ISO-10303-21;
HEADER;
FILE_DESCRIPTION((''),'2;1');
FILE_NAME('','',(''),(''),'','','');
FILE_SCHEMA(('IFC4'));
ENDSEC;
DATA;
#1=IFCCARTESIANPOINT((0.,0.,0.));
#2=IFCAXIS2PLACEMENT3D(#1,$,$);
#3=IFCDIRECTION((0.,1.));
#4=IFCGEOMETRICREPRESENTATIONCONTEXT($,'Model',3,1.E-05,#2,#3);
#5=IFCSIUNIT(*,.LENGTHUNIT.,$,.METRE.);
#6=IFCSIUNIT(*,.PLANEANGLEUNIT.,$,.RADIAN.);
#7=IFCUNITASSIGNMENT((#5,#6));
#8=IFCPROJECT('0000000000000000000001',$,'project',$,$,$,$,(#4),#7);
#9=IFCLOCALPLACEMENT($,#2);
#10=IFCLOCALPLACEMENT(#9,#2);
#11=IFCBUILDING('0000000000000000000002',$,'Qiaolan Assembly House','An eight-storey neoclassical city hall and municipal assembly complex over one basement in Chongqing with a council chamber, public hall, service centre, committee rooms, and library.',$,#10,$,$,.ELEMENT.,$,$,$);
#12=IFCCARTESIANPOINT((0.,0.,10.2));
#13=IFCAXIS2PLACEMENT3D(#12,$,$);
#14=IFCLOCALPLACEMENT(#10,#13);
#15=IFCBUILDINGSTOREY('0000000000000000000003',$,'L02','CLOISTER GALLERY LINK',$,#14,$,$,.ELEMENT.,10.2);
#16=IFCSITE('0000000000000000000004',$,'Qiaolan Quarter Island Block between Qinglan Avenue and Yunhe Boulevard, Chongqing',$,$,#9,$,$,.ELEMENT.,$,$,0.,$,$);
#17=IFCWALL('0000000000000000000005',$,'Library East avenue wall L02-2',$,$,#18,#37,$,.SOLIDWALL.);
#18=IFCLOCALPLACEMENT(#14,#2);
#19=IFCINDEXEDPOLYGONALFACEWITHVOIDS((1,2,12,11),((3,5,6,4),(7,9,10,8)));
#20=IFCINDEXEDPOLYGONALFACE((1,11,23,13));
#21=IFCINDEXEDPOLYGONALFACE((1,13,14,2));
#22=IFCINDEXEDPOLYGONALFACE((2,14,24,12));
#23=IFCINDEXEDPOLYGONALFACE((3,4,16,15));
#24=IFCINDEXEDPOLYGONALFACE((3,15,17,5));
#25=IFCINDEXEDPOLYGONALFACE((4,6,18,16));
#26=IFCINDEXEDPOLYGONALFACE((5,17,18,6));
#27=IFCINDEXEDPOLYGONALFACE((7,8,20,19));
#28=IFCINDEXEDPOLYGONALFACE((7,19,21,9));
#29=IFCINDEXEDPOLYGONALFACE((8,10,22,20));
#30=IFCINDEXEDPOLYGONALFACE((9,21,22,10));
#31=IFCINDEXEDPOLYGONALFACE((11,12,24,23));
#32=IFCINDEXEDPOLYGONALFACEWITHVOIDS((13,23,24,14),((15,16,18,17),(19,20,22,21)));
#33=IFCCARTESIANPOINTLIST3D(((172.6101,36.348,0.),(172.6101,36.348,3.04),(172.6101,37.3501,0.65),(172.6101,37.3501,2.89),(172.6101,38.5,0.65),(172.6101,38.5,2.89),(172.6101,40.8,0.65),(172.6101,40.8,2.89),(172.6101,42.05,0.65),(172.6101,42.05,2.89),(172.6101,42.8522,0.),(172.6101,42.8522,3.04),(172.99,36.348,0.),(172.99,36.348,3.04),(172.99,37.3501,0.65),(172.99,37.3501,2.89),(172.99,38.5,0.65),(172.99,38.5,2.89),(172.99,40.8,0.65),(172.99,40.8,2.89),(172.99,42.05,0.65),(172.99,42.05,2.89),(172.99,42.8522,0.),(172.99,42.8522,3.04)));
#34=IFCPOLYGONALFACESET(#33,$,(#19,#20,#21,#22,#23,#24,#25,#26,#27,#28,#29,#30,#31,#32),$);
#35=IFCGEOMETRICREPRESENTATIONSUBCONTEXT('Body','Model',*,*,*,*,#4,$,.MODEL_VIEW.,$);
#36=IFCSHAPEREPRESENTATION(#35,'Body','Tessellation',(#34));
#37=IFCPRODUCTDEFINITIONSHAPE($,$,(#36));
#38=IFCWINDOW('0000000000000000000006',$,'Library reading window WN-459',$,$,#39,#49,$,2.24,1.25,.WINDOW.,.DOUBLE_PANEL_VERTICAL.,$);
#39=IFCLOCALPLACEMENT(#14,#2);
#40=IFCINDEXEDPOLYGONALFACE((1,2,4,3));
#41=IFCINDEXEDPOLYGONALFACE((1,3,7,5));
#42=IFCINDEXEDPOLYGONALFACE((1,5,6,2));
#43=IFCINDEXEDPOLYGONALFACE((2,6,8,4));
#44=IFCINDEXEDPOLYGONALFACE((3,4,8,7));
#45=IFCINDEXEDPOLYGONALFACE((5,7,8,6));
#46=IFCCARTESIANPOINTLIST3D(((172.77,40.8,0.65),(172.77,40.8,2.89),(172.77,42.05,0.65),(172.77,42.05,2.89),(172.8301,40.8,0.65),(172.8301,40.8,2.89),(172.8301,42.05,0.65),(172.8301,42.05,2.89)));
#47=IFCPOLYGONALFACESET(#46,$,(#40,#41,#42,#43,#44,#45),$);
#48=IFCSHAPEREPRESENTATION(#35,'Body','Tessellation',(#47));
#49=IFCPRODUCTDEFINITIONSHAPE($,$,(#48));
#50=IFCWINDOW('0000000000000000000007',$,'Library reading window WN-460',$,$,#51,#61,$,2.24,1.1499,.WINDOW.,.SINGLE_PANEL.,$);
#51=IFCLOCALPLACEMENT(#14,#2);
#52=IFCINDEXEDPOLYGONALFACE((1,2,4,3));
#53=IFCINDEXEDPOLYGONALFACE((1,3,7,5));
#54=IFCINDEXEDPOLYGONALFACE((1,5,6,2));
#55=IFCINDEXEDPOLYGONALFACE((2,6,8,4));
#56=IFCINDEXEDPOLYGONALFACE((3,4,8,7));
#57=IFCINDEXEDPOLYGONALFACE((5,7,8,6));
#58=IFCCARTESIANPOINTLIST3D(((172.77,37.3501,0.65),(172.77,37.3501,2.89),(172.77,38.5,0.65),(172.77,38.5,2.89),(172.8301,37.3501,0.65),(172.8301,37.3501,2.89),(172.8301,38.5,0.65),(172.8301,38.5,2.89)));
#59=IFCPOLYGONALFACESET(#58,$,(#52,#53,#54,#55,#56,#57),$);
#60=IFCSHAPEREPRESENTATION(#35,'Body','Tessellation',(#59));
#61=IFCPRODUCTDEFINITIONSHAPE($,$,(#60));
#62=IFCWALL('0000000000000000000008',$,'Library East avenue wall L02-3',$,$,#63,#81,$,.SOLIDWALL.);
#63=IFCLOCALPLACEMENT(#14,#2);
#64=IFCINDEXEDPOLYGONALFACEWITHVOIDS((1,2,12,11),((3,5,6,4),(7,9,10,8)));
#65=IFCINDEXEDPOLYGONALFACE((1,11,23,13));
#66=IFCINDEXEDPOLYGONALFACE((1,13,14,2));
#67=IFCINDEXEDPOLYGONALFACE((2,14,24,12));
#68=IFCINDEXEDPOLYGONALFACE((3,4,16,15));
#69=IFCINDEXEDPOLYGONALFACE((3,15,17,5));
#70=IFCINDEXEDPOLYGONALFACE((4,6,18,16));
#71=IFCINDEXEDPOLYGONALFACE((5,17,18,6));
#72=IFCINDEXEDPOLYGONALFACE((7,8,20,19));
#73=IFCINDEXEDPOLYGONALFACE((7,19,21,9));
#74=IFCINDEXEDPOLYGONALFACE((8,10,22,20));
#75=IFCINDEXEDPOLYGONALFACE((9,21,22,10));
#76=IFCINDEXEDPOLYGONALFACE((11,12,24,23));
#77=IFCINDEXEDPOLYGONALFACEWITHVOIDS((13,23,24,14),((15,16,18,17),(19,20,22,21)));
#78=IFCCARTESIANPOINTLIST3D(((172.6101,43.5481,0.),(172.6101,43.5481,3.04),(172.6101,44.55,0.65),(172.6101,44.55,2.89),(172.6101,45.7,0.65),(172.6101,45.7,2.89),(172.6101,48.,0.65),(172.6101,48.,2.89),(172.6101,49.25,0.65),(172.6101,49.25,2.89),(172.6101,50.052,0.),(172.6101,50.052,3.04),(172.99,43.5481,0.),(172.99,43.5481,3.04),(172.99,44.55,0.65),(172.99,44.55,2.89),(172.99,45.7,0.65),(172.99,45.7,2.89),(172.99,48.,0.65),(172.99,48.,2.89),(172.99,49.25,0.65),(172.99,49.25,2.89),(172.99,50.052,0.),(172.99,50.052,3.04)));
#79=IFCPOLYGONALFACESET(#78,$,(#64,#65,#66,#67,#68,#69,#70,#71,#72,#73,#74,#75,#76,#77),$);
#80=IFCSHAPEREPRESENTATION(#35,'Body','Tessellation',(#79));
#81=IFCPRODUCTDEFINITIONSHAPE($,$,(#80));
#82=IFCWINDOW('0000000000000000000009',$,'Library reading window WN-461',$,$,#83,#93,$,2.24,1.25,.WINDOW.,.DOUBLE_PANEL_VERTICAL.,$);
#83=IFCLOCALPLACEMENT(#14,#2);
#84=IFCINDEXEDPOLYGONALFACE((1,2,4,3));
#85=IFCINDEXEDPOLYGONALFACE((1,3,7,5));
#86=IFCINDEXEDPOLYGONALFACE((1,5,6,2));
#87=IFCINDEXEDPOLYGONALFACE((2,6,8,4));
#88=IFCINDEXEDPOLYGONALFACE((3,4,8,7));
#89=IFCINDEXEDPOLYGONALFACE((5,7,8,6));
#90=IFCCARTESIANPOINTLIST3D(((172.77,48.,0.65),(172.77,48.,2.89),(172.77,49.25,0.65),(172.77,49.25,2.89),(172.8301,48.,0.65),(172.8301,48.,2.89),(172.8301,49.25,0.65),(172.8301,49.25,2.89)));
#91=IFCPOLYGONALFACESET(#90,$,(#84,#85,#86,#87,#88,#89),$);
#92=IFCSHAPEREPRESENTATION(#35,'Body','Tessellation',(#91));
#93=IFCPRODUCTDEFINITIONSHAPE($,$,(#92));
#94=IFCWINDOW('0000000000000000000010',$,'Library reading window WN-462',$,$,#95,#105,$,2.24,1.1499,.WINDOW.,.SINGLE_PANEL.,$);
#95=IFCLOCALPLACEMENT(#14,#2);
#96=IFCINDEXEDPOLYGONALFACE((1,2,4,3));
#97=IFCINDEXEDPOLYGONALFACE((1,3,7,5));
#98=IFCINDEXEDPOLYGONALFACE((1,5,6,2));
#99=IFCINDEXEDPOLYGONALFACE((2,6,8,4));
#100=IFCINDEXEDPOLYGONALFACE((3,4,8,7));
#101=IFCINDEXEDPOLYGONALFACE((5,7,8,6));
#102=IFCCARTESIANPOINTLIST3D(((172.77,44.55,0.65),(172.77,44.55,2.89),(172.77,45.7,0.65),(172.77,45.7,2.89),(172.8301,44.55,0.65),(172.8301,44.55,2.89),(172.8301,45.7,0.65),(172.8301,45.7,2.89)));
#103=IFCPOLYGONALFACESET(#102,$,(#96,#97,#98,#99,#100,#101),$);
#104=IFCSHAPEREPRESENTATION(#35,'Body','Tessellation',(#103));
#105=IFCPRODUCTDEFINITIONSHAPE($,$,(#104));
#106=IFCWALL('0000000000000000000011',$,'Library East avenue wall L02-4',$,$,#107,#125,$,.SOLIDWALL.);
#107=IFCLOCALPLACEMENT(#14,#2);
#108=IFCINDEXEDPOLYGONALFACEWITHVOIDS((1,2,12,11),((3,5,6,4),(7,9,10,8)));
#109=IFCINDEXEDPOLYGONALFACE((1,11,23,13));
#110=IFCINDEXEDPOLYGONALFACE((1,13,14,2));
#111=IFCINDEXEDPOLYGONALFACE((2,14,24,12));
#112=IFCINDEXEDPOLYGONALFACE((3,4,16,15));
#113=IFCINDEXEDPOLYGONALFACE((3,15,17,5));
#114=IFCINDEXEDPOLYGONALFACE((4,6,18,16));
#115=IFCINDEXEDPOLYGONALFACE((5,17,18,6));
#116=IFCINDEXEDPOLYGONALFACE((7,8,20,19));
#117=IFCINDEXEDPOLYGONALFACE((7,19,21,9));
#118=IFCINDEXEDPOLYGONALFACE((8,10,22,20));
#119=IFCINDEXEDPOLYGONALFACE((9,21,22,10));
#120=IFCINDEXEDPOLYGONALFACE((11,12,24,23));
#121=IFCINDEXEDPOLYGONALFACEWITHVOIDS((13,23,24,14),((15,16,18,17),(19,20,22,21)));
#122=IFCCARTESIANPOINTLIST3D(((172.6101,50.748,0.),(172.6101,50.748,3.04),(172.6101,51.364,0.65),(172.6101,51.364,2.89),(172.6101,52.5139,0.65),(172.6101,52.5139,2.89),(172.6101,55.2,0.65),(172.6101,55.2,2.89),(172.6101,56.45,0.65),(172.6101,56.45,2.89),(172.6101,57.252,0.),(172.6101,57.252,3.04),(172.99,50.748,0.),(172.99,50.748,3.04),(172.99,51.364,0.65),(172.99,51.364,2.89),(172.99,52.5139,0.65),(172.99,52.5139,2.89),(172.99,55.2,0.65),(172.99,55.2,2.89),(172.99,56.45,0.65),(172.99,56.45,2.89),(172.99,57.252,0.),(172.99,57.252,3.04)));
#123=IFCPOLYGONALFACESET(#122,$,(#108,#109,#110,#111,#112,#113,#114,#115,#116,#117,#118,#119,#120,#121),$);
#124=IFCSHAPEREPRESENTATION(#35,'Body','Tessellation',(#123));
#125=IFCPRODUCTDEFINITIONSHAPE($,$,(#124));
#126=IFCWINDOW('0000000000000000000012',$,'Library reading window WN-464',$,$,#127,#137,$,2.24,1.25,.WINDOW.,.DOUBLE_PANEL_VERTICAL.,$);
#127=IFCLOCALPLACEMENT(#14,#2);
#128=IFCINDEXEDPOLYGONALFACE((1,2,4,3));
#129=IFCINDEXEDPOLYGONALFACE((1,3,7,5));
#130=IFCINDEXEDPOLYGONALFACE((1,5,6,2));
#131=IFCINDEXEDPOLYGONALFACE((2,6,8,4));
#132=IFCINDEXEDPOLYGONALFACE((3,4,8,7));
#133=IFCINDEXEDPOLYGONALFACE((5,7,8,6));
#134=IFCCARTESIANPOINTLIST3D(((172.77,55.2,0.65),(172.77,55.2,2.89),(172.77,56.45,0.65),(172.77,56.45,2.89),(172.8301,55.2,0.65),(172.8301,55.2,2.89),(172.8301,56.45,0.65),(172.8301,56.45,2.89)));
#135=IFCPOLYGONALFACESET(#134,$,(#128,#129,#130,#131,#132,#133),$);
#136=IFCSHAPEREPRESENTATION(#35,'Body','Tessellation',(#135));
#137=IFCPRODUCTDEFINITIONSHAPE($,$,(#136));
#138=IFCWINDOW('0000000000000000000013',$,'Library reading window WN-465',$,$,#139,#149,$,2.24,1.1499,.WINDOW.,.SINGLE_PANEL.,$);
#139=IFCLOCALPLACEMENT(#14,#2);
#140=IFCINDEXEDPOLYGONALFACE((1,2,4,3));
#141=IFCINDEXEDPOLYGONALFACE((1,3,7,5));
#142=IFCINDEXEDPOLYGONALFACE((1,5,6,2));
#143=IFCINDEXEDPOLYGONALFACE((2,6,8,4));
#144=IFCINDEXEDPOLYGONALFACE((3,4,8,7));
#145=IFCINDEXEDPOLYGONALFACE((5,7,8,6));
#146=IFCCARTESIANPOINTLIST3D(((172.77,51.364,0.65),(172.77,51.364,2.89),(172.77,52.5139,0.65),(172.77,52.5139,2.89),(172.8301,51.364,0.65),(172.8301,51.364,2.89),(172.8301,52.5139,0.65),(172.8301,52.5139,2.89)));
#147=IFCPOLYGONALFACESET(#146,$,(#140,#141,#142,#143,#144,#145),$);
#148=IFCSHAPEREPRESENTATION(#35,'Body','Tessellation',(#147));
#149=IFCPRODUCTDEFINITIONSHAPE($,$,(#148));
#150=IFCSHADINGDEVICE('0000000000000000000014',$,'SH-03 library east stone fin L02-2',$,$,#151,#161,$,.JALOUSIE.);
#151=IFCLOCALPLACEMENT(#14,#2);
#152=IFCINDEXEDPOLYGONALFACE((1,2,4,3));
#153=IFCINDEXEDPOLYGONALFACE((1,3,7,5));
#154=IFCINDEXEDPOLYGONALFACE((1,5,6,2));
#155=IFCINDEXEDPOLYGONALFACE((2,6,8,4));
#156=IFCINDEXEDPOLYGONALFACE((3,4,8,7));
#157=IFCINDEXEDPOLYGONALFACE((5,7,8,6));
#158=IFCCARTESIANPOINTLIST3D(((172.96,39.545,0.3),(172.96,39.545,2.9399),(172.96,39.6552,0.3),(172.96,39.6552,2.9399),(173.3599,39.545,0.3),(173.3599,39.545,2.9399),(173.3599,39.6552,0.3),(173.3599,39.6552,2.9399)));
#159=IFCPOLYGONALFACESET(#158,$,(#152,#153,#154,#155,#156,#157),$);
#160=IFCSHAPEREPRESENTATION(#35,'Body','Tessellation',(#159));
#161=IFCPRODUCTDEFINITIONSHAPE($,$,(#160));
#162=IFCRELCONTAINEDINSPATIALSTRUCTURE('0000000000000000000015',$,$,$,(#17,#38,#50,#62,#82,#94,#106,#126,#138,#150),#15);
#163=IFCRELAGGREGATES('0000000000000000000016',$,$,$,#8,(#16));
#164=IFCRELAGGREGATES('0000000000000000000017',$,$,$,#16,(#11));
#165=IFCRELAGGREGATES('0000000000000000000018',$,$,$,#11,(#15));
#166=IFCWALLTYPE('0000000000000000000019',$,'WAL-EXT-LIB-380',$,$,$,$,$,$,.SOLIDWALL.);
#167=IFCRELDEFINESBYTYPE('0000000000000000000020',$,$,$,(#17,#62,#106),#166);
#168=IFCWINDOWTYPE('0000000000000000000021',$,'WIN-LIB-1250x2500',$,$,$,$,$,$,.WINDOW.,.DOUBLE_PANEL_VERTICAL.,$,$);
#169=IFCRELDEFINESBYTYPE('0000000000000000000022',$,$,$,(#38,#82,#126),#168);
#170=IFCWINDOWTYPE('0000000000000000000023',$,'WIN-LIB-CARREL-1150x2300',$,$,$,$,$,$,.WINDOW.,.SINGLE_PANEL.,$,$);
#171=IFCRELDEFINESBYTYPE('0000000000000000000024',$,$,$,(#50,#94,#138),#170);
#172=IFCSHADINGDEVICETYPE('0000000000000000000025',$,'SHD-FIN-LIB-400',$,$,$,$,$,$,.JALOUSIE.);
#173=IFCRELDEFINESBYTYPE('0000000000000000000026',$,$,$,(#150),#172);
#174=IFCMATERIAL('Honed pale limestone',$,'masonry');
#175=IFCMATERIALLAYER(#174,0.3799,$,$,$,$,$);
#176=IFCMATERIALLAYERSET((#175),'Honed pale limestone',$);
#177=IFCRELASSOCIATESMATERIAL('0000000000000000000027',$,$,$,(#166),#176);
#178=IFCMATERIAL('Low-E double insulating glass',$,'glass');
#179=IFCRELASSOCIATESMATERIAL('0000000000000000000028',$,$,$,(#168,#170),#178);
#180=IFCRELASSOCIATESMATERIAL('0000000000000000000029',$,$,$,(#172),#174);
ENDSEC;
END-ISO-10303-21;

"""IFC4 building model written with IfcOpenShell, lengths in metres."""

from ifc_helpers import new_model, si_unit, direction, frame, frame_2d, origin, origin_2d, place, context, subcontext, project, spatial, rectangle, extrude, material, layer, layer_set, material_profile, profile_set, type_object, element, fill, save


model = new_model("IFC4")

# Units and contexts
model_context = context("Model", 3, precision=1e-05, world=origin(), true_north=direction((0.0, 1.0)))
body_context = subcontext(model_context, "Body", "Model", "MODEL_VIEW")
ifc_project = project(units=[si_unit("LENGTHUNIT", "METRE"), si_unit("PLANEANGLEUNIT", "RADIAN")], contexts=[model_context])

# Site, building, storey
site_placement = place(None, origin())
site = spatial("IfcSite", under=ifc_project, at=site_placement, Name="Qiaolan Quarter Island Block between Qinglan Avenue and Yunhe Boulevard, Chongqing", CompositionType="ELEMENT", RefElevation=0.0)
building_placement = place(site_placement, origin())
building = spatial("IfcBuilding", under=site, at=building_placement, Name="Qiaolan Assembly House", Description="An eight-storey neoclassical city hall and municipal assembly complex over one basement in Chongqing with a council chamber, public hall, service centre, committee rooms, and library.", CompositionType="ELEMENT")
storey_placement = place(building_placement, frame((0.0, 0.0, 10.2)))
storey = spatial("IfcBuildingStorey", under=building, at=storey_placement, Name="L02", Description="CLOISTER GALLERY LINK", CompositionType="ELEMENT", Elevation=10.2)

# Walls, openings, windows
ifc_material_1 = material(Name="Honed pale limestone", Category="masonry")
ifc_layer = layer(ifc_material_1, 0.3799)
ifc_layer_set = layer_set([ifc_layer], Name="Honed pale limestone")
wall_type = type_object("IfcWallType", Name="WAL-EXT-LIB-380", PredefinedType="SOLIDWALL", material=ifc_layer_set)
wall_1_placement = place(storey_placement, frame((172.8, 42.8521, 0.0), z_axis=(0.0, 0.0, 1.0), x_axis=(0.0, -1.0, 0.0)))
wall_1 = element("IfcWall", 1, at=wall_1_placement, inside=storey, type_object=wall_type, Name="Library East avenue wall L02-2", PredefinedType="SOLIDWALL", context=body_context, shape_type="SweptSolid", body=[
    extrude(rectangle(XDim=6.5042, YDim=0.3799, at=frame_2d((3.252, 0.0))), origin(), (0.0, 0.0, 1.0), 3.04),
])
opening_1_placement = place(wall_1_placement, frame((0.802, 0.0, 0.6499)))
opening_1 = element("IfcOpeningElement", 2, at=opening_1_placement, cuts=wall_1, PredefinedType="OPENING", context=body_context, shape_type="SweptSolid", body=[
    extrude(rectangle(XDim=1.25, YDim=2.24, at=frame_2d((0.625, 1.1201))), frame((0.0, 0.2, 0.0), z_axis=(0.0, -1.0, 0.0), x_axis=(1.0, 0.0, 0.0)), (0.0, 0.0, 1.0), 0.3999),
])
opening_2_placement = place(wall_1_placement, frame((4.3521, 0.0, 0.6499)))
opening_2 = element("IfcOpeningElement", 3, at=opening_2_placement, cuts=wall_1, PredefinedType="OPENING", context=body_context, shape_type="SweptSolid", body=[
    extrude(rectangle(XDim=1.1499, YDim=2.24, at=frame_2d((0.575, 1.1201))), frame((0.0, 0.2, 0.0), z_axis=(0.0, -1.0, 0.0), x_axis=(1.0, 0.0, 0.0)), (0.0, 0.0, 1.0), 0.3999),
])
ifc_material_2 = material(Name="Low-E double insulating glass", Category="glass")
window_type_1 = type_object("IfcWindowType", Name="WIN-LIB-1250x2500", PartitioningType="DOUBLE_PANEL_VERTICAL", PredefinedType="WINDOW", material=ifc_material_2)
window_1_placement = place(opening_1_placement, origin())
window_1 = element("IfcWindow", 4, at=window_1_placement, inside=storey, type_object=window_type_1, Name="Library reading window WN-459", OverallHeight=2.24, OverallWidth=1.25, PartitioningType="DOUBLE_PANEL_VERTICAL", PredefinedType="WINDOW", context=body_context, shape_type="SweptSolid", body=[
    extrude(rectangle(XDim=1.25, YDim=2.24, at=frame_2d((0.625, 1.1201))), frame((0.0, 0.03, 0.0), z_axis=(0.0, -1.0, 0.0), x_axis=(1.0, 0.0, 0.0)), (0.0, 0.0, 1.0), 0.0601),
])
fill(opening_1, window_1)
window_type_2 = type_object("IfcWindowType", Name="WIN-LIB-CARREL-1150x2300", PartitioningType="SINGLE_PANEL", PredefinedType="WINDOW", material=ifc_material_2)
window_2_placement = place(opening_2_placement, origin())
window_2 = element("IfcWindow", 5, at=window_2_placement, inside=storey, type_object=window_type_2, Name="Library reading window WN-460", OverallHeight=2.24, OverallWidth=1.1499, PartitioningType="SINGLE_PANEL", PredefinedType="WINDOW", context=body_context, shape_type="SweptSolid", body=[
    extrude(rectangle(XDim=1.1499, YDim=2.24, at=frame_2d((0.575, 1.1201))), frame((0.0, 0.03, 0.0), z_axis=(0.0, -1.0, 0.0), x_axis=(1.0, 0.0, 0.0)), (0.0, 0.0, 1.0), 0.0601),
])
fill(opening_2, window_2)
wall_2_placement = place(storey_placement, frame((172.8, 50.052, 0.0), z_axis=(0.0, 0.0, 1.0), x_axis=(0.0, -1.0, 0.0)))
wall_2 = element("IfcWall", 6, at=wall_2_placement, inside=storey, type_object=wall_type, Name="Library East avenue wall L02-3", PredefinedType="SOLIDWALL", context=body_context, shape_type="SweptSolid", body=[
    extrude(rectangle(XDim=6.5039, YDim=0.3799, at=frame_2d((3.252, 0.0))), origin(), (0.0, 0.0, 1.0), 3.04),
])
opening_3_placement = place(wall_2_placement, frame((0.802, 0.0, 0.6499)))
opening_3 = element("IfcOpeningElement", 7, at=opening_3_placement, cuts=wall_2, PredefinedType="OPENING", context=body_context, shape_type="SweptSolid", body=[
    extrude(rectangle(XDim=1.25, YDim=2.24, at=frame_2d((0.625, 1.1201))), frame((0.0, 0.2, 0.0), z_axis=(0.0, -1.0, 0.0), x_axis=(1.0, 0.0, 0.0)), (0.0, 0.0, 1.0), 0.3999),
])
opening_4_placement = place(wall_2_placement, frame((4.3521, 0.0, 0.6499)))
opening_4 = element("IfcOpeningElement", 8, at=opening_4_placement, cuts=wall_2, PredefinedType="OPENING", context=body_context, shape_type="SweptSolid", body=[
    extrude(rectangle(XDim=1.1499, YDim=2.24, at=frame_2d((0.575, 1.1201))), frame((0.0, 0.2, 0.0), z_axis=(0.0, -1.0, 0.0), x_axis=(1.0, 0.0, 0.0)), (0.0, 0.0, 1.0), 0.3999),
])
window_3_placement = place(opening_3_placement, origin())
window_3 = element("IfcWindow", 9, at=window_3_placement, inside=storey, type_object=window_type_1, Name="Library reading window WN-461", OverallHeight=2.24, OverallWidth=1.25, PartitioningType="DOUBLE_PANEL_VERTICAL", PredefinedType="WINDOW", context=body_context, shape_type="SweptSolid", body=[
    extrude(rectangle(XDim=1.25, YDim=2.24, at=frame_2d((0.625, 1.1201))), frame((0.0, 0.03, 0.0), z_axis=(0.0, -1.0, 0.0), x_axis=(1.0, 0.0, 0.0)), (0.0, 0.0, 1.0), 0.0601),
])
fill(opening_3, window_3)
window_4_placement = place(opening_4_placement, origin())
window_4 = element("IfcWindow", 10, at=window_4_placement, inside=storey, type_object=window_type_2, Name="Library reading window WN-462", OverallHeight=2.24, OverallWidth=1.1499, PartitioningType="SINGLE_PANEL", PredefinedType="WINDOW", context=body_context, shape_type="SweptSolid", body=[
    extrude(rectangle(XDim=1.1499, YDim=2.24, at=frame_2d((0.575, 1.1201))), frame((0.0, 0.03, 0.0), z_axis=(0.0, -1.0, 0.0), x_axis=(1.0, 0.0, 0.0)), (0.0, 0.0, 1.0), 0.0601),
])
fill(opening_4, window_4)
wall_3_placement = place(storey_placement, frame((172.8, 57.252, 0.0), z_axis=(0.0, 0.0, 1.0), x_axis=(0.0, -1.0, 0.0)))
wall_3 = element("IfcWall", 11, at=wall_3_placement, inside=storey, type_object=wall_type, Name="Library East avenue wall L02-4", PredefinedType="SOLIDWALL", context=body_context, shape_type="SweptSolid", body=[
    extrude(rectangle(XDim=6.5039, YDim=0.3799, at=frame_2d((3.252, 0.0))), origin(), (0.0, 0.0, 1.0), 3.04),
])
opening_5_placement = place(wall_3_placement, frame((0.802, 0.0, 0.6499)))
opening_5 = element("IfcOpeningElement", 12, at=opening_5_placement, cuts=wall_3, PredefinedType="OPENING", context=body_context, shape_type="SweptSolid", body=[
    extrude(rectangle(XDim=1.25, YDim=2.24, at=frame_2d((0.625, 1.1201))), frame((0.0, 0.2, 0.0), z_axis=(0.0, -1.0, 0.0), x_axis=(1.0, 0.0, 0.0)), (0.0, 0.0, 1.0), 0.3999),
])
opening_6_placement = place(wall_3_placement, frame((4.738, 0.0, 0.6499)))
opening_6 = element("IfcOpeningElement", 13, at=opening_6_placement, cuts=wall_3, PredefinedType="OPENING", context=body_context, shape_type="SweptSolid", body=[
    extrude(rectangle(XDim=1.1499, YDim=2.24, at=frame_2d((0.575, 1.1201))), frame((0.0, 0.2, 0.0), z_axis=(0.0, -1.0, 0.0), x_axis=(1.0, 0.0, 0.0)), (0.0, 0.0, 1.0), 0.3999),
])
window_5_placement = place(opening_5_placement, origin())
window_5 = element("IfcWindow", 14, at=window_5_placement, inside=storey, type_object=window_type_1, Name="Library reading window WN-464", OverallHeight=2.24, OverallWidth=1.25, PartitioningType="DOUBLE_PANEL_VERTICAL", PredefinedType="WINDOW", context=body_context, shape_type="SweptSolid", body=[
    extrude(rectangle(XDim=1.25, YDim=2.24, at=frame_2d((0.625, 1.1201))), frame((0.0, 0.03, 0.0), z_axis=(0.0, -1.0, 0.0), x_axis=(1.0, 0.0, 0.0)), (0.0, 0.0, 1.0), 0.0601),
])
fill(opening_5, window_5)
window_6_placement = place(opening_6_placement, origin())
window_6 = element("IfcWindow", 15, at=window_6_placement, inside=storey, type_object=window_type_2, Name="Library reading window WN-465", OverallHeight=2.24, OverallWidth=1.1499, PartitioningType="SINGLE_PANEL", PredefinedType="WINDOW", context=body_context, shape_type="SweptSolid", body=[
    extrude(rectangle(XDim=1.1499, YDim=2.24, at=frame_2d((0.575, 1.1201))), frame((0.0, 0.03, 0.0), z_axis=(0.0, -1.0, 0.0), x_axis=(1.0, 0.0, 0.0)), (0.0, 0.0, 1.0), 0.0601),
])
fill(opening_6, window_6)

# Shading device
ifc_material_profile_1 = material_profile(ifc_material_1, rectangle(XDim=0.1101, YDim=0.3999, at=origin_2d()), Name="FIN 110x400")
ifc_profile_set_1 = profile_set([ifc_material_profile_1], Name="Honed pale limestone")
shading_device_type = type_object("IfcShadingDeviceType", Name="SHD-FIN-LIB-400", PredefinedType="JALOUSIE", material=ifc_profile_set_1)
for number, where, z_axis, x_axis, name in (
    (16, (173.1599, 39.6001, 0.3), (0.0, 0.0, 1.0), (0.0, 1.0, 0.0), "SH-03 library east stone fin L02-2"),
):
    element("IfcShadingDevice", number, at=place(storey_placement, frame(where, z_axis=z_axis, x_axis=x_axis)), inside=storey, type_object=shading_device_type, Name=name, PredefinedType="JALOUSIE", context=body_context, shape_type="SweptSolid", body=[
        extrude(rectangle(XDim=0.1101, YDim=0.3999, at=origin_2d()), origin(), (0.0, 0.0, 1.0), 2.6399),
    ])

save(model, "model.ifc")
